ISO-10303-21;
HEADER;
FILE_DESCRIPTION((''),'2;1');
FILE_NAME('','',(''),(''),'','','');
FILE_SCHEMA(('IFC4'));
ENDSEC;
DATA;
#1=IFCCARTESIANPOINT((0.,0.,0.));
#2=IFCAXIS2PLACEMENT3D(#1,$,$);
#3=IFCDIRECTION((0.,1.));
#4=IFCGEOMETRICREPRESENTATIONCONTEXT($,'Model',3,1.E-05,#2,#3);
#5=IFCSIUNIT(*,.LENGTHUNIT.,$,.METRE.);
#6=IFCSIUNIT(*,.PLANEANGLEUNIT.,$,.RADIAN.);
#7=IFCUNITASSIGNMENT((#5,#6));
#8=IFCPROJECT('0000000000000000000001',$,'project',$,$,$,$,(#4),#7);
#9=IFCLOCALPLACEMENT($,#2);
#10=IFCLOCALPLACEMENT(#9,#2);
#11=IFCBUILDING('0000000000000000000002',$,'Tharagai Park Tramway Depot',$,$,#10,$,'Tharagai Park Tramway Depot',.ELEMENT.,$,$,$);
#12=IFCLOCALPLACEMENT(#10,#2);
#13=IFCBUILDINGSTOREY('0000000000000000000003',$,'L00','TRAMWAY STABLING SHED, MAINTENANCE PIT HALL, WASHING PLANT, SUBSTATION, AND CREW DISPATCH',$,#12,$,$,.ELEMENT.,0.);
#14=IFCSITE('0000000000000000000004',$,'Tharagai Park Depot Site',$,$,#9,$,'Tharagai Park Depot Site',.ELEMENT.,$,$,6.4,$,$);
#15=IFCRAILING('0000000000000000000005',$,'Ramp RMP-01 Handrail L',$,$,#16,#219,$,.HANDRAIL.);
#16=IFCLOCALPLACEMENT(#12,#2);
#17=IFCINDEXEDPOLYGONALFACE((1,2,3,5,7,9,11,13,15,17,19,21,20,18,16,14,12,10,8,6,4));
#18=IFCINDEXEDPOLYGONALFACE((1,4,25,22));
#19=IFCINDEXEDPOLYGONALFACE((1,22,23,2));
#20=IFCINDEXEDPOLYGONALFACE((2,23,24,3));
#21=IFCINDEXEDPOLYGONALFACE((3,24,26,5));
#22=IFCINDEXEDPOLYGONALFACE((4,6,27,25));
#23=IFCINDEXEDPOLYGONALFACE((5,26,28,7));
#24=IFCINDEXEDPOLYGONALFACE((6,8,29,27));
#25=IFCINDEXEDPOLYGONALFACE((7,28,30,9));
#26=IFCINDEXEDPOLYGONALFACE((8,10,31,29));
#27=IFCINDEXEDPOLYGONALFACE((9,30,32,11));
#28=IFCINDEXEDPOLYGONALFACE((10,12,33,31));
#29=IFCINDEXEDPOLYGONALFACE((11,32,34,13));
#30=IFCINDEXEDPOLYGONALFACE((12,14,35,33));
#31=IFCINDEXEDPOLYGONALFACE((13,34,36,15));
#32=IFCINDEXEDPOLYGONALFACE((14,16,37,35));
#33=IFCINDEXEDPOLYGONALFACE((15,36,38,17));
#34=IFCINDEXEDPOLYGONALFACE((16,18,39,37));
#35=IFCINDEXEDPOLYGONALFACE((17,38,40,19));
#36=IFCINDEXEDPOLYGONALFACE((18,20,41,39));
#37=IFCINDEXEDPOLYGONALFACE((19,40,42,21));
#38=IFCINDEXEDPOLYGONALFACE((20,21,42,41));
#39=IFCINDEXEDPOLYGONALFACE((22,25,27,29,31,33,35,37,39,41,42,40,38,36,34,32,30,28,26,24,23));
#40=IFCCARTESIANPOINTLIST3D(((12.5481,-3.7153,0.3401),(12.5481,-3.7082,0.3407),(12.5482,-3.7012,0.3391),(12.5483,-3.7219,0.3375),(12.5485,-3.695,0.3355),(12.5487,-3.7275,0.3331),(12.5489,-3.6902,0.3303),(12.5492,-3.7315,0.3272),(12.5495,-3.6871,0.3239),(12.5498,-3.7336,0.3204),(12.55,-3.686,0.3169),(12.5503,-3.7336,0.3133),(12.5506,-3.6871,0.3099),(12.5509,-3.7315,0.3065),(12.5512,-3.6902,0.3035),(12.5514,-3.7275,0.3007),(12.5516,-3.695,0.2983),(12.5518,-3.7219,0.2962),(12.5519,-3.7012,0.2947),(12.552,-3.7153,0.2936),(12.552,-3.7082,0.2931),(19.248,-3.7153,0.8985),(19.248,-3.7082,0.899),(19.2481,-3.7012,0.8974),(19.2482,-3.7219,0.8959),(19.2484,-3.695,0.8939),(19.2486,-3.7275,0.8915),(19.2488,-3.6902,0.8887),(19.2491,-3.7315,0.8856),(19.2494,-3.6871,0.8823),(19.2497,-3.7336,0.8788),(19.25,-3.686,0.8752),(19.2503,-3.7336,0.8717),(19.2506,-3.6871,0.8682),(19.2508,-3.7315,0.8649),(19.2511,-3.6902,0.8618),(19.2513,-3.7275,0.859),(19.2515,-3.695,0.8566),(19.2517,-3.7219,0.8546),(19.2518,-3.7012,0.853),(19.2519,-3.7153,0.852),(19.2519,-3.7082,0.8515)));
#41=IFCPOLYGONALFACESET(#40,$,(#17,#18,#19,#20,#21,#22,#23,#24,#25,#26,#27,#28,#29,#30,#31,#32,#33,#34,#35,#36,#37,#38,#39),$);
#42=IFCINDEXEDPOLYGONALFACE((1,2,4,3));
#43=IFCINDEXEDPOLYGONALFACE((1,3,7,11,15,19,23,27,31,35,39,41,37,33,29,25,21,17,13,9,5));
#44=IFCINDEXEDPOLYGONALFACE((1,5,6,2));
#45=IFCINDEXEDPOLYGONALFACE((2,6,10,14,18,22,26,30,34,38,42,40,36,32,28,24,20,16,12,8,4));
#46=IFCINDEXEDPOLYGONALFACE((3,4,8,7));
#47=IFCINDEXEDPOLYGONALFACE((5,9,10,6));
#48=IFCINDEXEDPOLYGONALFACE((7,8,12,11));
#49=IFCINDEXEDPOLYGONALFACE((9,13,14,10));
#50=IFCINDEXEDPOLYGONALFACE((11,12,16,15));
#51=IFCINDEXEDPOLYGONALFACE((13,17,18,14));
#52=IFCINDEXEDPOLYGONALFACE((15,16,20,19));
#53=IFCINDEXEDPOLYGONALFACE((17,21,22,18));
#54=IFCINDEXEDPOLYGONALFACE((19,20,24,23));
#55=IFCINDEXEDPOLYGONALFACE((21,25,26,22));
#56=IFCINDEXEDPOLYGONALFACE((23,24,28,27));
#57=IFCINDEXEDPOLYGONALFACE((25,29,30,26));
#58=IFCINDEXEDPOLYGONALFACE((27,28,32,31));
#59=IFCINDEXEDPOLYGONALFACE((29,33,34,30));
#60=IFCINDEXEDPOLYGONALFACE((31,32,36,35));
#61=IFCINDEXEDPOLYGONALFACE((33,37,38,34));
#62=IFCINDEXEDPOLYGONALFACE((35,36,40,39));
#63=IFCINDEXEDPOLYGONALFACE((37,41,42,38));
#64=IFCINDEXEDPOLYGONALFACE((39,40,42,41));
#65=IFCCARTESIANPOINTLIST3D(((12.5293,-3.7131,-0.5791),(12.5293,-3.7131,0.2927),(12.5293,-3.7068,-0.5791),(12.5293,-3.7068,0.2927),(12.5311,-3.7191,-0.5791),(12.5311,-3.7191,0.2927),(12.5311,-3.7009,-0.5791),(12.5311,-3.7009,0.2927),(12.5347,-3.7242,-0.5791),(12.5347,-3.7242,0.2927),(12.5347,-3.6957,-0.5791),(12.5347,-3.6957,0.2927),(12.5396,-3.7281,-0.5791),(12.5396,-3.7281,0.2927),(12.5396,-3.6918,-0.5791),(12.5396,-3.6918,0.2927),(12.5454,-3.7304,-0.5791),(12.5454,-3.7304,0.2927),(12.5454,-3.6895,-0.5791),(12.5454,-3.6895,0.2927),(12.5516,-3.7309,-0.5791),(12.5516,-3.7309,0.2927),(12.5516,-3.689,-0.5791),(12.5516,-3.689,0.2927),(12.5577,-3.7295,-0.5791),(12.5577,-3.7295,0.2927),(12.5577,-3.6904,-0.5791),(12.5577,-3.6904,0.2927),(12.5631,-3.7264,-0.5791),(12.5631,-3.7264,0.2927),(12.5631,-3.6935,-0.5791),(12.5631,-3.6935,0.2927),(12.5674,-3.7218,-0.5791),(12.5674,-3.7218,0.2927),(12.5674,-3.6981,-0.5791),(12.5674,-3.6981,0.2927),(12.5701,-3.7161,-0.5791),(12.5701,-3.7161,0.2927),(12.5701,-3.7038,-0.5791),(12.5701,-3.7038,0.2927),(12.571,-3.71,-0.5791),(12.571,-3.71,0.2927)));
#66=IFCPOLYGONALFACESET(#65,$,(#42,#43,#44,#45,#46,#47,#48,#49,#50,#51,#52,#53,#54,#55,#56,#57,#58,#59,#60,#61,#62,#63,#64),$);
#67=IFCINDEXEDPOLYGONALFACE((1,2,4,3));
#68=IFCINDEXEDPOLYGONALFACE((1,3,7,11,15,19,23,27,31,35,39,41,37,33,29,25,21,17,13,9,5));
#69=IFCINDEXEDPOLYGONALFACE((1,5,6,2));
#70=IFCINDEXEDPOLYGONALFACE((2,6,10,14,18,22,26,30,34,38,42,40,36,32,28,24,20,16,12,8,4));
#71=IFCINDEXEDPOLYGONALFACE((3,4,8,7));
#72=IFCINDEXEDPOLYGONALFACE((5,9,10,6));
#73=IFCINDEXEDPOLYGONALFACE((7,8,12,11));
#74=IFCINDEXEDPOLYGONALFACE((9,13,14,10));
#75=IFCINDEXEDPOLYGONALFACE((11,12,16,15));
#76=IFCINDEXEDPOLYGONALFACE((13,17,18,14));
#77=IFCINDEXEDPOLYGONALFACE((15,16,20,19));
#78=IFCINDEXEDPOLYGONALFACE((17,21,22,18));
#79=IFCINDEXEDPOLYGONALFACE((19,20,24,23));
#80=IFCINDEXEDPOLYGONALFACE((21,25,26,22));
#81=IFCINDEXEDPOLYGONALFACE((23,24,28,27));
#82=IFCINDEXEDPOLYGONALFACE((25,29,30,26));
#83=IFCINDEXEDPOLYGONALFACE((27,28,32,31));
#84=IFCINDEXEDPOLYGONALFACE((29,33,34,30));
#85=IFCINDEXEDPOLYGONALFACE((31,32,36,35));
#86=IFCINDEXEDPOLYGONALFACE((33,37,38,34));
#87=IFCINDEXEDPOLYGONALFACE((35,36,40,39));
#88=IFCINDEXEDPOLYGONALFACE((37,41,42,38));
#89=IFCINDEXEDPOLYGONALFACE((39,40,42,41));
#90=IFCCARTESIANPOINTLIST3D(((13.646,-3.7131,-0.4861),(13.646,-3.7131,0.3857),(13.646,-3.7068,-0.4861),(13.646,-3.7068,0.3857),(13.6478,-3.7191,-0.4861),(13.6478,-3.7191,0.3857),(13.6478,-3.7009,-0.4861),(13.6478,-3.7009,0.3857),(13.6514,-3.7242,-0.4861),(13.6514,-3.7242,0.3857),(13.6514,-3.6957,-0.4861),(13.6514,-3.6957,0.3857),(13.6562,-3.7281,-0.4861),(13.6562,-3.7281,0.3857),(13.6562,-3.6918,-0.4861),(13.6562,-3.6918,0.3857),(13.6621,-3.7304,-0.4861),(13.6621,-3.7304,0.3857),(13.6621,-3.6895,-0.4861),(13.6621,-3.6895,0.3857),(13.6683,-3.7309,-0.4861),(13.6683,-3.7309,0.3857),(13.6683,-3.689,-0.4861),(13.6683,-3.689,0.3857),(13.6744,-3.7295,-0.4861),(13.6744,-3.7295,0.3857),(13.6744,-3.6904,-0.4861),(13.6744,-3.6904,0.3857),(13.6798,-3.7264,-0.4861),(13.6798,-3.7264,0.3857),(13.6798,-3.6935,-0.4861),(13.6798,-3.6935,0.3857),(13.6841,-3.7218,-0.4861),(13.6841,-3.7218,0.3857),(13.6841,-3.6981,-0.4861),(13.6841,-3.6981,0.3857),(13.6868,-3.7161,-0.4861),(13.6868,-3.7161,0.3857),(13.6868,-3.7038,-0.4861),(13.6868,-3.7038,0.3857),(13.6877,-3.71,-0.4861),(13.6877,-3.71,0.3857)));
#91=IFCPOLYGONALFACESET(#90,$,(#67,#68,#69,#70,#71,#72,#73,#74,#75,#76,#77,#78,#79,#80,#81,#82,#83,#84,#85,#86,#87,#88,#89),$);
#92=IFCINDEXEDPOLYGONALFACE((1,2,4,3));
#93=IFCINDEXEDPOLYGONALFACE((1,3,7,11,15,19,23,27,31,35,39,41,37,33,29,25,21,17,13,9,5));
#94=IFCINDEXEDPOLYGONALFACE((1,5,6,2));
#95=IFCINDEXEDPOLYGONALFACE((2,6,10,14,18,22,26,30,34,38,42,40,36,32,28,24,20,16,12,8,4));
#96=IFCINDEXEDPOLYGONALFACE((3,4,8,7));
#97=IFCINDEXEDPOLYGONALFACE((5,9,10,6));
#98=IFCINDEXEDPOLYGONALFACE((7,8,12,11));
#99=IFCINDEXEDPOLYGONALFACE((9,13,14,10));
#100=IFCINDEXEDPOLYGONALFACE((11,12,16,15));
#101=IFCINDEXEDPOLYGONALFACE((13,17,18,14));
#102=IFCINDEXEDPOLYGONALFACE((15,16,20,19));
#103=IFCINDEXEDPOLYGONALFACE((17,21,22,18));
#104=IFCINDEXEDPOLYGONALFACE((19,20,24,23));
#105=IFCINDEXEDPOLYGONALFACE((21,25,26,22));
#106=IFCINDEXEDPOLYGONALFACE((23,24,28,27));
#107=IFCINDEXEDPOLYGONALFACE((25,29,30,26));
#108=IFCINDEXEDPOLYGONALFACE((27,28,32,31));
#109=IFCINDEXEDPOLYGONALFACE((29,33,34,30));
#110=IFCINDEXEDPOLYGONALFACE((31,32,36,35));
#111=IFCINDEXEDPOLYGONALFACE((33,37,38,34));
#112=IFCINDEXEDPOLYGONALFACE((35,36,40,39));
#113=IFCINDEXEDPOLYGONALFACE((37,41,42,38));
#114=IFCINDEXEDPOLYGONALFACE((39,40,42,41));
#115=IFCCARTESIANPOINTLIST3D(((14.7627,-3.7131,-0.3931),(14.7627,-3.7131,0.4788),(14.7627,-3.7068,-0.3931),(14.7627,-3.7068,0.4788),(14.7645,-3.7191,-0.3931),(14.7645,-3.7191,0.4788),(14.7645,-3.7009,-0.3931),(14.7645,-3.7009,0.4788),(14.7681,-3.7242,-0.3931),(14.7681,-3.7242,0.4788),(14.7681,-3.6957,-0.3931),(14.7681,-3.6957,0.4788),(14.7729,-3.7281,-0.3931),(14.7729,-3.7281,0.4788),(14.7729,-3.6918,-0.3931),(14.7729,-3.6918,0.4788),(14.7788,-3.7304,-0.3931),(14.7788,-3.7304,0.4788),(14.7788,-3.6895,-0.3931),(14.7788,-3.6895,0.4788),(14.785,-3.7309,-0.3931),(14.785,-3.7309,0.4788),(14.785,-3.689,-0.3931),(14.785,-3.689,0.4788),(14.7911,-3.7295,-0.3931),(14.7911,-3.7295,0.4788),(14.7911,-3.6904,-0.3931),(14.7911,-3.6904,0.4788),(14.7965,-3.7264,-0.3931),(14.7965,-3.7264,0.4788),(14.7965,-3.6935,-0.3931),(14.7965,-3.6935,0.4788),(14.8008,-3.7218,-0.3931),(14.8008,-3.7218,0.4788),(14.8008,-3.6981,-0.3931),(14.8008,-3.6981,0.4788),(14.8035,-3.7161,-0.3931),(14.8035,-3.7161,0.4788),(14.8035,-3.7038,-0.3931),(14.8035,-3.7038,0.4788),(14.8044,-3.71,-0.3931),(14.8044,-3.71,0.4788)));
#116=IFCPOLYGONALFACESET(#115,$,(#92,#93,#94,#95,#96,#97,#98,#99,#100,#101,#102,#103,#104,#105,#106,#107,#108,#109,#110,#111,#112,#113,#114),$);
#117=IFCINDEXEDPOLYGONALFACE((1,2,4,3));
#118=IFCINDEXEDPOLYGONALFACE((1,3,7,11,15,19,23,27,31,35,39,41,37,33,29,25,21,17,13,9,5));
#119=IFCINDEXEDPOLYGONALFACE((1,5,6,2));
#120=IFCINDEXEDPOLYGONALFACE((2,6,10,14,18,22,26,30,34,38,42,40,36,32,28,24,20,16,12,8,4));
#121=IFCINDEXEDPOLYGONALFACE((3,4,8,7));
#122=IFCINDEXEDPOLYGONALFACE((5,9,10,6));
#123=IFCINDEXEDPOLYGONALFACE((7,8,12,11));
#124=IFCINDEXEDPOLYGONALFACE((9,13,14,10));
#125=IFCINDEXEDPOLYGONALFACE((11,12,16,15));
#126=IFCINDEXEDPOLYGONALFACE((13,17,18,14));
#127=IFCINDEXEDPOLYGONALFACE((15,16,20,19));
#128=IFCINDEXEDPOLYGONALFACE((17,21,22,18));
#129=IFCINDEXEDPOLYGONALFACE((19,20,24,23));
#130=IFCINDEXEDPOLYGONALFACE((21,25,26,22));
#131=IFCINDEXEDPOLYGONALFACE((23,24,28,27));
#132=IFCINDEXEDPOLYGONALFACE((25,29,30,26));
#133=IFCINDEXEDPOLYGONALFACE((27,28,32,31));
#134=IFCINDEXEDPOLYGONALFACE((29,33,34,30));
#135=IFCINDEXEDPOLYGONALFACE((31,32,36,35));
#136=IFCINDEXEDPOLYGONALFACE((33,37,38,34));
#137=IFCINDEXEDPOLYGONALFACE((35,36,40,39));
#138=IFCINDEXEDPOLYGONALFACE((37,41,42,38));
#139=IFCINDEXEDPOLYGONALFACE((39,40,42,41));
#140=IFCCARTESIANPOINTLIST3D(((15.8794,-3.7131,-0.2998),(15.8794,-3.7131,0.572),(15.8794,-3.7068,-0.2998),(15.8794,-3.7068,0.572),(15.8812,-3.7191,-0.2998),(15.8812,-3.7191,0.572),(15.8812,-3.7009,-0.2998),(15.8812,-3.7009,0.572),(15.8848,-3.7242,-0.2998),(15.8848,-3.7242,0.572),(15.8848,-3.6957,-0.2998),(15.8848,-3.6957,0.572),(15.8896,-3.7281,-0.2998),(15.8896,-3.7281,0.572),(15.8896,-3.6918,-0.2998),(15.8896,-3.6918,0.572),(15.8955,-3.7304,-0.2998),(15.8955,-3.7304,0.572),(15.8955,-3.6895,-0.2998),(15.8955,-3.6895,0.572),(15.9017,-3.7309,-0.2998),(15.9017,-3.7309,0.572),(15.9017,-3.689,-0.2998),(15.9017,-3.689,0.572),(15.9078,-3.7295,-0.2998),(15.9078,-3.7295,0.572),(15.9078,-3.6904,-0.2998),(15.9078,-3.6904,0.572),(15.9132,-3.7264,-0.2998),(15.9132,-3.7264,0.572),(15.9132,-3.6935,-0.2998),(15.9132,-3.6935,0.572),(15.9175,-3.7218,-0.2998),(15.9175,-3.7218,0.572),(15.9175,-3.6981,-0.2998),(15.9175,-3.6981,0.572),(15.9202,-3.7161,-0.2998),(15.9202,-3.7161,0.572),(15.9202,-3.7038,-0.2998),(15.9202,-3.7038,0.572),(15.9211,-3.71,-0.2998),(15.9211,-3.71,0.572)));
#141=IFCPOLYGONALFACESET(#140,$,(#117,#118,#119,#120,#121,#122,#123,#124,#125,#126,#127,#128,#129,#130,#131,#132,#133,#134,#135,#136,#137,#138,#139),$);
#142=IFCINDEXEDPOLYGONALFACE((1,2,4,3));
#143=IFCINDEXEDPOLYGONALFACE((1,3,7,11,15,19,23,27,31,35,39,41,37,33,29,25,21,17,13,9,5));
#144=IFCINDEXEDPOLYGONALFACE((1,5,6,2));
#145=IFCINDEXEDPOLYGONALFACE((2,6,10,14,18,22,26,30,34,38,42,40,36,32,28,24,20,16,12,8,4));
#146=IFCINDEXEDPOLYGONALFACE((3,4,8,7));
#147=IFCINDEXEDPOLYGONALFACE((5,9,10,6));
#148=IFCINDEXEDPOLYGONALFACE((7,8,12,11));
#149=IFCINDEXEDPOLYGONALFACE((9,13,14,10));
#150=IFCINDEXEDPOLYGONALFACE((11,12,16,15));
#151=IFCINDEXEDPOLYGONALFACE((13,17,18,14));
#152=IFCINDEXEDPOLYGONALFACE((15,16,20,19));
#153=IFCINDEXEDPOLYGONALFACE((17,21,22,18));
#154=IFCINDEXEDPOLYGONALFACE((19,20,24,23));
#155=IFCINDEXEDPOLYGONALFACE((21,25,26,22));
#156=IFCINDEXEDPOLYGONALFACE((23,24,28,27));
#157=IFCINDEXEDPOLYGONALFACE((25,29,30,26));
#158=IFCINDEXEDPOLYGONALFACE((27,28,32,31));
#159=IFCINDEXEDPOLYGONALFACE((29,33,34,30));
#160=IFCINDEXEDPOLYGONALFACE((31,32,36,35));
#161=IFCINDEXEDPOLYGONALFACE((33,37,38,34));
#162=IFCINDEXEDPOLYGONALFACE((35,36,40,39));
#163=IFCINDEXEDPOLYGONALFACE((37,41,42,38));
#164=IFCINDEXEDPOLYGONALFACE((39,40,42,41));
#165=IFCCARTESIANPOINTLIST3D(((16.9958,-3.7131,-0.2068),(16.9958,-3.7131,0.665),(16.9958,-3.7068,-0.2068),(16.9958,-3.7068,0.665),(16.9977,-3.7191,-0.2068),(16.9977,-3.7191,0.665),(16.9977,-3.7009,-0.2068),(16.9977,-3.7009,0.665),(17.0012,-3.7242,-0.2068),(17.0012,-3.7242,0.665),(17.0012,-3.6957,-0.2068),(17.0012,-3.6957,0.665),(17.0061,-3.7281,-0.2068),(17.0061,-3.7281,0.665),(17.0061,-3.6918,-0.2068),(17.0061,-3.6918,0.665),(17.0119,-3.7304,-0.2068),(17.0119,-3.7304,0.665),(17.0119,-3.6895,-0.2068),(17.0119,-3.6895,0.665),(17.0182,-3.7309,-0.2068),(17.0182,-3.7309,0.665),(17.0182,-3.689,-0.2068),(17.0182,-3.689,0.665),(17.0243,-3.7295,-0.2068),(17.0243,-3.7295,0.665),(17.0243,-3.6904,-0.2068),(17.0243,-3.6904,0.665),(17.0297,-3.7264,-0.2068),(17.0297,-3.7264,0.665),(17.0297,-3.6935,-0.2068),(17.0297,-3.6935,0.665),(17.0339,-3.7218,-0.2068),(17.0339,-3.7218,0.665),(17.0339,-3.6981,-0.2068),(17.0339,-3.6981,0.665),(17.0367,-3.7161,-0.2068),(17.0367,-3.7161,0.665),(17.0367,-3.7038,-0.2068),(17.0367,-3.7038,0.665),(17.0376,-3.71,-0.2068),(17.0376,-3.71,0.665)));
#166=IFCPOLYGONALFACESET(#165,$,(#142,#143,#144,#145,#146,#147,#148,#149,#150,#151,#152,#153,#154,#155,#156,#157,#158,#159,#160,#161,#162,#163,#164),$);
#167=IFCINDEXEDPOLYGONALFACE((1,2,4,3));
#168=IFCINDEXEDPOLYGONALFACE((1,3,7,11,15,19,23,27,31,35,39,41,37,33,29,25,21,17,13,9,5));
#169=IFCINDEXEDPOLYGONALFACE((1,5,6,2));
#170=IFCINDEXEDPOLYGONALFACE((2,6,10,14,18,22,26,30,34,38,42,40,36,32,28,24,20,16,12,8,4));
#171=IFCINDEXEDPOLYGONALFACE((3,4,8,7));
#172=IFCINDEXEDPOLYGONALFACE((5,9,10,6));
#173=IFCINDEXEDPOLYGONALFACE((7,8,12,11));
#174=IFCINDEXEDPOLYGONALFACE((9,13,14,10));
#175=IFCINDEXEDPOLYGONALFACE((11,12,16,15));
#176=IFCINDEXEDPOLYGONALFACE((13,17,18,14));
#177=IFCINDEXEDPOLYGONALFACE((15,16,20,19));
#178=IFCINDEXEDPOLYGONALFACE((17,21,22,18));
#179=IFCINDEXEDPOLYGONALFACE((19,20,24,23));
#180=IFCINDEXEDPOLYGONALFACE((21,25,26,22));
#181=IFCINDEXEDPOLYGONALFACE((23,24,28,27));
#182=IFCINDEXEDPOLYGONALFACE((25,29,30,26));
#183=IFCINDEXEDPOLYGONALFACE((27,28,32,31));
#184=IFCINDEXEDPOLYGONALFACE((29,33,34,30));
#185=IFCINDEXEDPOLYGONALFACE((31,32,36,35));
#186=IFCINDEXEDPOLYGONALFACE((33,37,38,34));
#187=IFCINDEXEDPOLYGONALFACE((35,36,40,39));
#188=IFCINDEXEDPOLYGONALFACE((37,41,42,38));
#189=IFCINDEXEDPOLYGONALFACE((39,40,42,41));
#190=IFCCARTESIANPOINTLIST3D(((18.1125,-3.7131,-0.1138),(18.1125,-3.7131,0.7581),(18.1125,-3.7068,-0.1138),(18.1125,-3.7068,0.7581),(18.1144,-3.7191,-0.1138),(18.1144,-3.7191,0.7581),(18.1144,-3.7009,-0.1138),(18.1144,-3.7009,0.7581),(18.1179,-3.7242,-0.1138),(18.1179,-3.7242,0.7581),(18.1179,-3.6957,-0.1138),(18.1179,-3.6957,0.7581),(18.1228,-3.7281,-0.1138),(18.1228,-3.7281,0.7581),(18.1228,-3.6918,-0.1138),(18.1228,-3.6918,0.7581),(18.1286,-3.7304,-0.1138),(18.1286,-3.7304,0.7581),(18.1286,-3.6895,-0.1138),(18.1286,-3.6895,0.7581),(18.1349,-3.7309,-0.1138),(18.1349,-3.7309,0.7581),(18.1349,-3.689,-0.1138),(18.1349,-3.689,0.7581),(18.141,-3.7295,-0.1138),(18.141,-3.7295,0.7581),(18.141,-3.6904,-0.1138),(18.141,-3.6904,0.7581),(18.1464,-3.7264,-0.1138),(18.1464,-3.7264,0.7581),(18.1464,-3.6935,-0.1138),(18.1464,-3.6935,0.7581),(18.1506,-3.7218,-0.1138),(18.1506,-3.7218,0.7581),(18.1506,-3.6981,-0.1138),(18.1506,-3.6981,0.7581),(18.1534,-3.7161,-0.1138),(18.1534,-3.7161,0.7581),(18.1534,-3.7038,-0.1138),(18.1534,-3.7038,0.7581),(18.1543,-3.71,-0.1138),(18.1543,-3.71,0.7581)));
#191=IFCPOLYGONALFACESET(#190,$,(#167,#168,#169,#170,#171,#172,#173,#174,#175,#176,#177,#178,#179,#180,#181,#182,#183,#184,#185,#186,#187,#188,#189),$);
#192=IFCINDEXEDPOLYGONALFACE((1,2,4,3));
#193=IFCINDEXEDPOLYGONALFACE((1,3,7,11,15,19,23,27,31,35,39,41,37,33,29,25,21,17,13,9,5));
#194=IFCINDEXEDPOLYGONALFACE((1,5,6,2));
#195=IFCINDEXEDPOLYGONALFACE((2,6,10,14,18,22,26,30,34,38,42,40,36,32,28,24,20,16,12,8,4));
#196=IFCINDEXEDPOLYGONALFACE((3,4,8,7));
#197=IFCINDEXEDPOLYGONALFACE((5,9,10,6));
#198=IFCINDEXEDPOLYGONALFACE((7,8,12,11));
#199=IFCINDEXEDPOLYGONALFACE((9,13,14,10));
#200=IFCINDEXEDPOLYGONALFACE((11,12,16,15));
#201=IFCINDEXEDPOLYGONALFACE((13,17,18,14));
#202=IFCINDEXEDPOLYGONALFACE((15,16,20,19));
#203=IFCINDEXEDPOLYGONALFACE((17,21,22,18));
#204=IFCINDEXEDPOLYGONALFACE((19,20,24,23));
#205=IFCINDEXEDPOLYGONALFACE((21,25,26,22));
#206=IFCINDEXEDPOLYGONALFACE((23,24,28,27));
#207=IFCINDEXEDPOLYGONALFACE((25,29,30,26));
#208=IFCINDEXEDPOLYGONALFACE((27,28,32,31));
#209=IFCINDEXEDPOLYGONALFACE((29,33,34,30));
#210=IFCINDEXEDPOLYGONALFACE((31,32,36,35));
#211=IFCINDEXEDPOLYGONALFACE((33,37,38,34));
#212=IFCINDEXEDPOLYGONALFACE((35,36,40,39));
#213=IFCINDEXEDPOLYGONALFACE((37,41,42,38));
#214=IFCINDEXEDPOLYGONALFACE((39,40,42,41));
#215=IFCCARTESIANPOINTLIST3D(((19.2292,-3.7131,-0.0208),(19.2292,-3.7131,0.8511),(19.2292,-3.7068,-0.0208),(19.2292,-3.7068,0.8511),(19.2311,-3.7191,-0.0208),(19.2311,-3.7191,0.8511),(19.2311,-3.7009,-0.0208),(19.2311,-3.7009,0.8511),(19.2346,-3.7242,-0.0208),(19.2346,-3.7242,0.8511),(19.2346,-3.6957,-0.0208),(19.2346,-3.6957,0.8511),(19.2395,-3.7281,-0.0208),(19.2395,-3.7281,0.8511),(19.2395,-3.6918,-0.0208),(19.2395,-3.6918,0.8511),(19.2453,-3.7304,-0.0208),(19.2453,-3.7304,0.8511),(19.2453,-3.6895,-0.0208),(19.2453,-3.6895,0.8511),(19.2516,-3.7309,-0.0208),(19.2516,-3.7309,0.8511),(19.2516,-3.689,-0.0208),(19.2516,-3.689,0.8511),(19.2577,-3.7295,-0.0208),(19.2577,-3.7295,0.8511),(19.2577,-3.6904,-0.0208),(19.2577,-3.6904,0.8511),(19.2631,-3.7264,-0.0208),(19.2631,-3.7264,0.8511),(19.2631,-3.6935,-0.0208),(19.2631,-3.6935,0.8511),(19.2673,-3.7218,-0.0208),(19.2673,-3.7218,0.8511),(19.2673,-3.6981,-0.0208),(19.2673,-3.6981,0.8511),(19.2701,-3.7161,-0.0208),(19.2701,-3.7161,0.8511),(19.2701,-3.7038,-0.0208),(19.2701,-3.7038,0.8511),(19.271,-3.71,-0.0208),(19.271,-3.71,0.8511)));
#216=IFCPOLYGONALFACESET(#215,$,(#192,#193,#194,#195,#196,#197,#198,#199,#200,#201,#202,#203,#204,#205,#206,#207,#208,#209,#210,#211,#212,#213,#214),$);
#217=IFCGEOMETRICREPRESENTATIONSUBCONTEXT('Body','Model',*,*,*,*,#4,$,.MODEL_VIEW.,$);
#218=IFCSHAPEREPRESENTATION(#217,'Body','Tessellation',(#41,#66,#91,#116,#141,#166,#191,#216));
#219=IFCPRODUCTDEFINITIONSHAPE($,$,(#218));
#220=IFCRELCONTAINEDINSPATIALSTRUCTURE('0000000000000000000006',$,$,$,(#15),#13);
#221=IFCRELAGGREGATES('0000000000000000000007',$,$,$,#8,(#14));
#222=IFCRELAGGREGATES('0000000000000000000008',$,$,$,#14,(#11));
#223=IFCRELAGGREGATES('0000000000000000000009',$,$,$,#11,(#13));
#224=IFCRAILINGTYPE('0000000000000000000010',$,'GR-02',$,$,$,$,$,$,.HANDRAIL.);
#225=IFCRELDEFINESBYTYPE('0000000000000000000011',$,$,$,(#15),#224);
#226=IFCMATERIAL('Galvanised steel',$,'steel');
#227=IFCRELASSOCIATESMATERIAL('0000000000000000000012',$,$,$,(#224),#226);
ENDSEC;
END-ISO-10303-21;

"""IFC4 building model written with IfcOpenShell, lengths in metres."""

from ifc_helpers import new_model, si_unit, direction, frame, origin, origin_2d, place, context, subcontext, project, spatial, circle, extrude, material, type_object, element, save


model = new_model("IFC4")

# Units and contexts
model_context = context("Model", 3, precision=1e-05, world=origin(), true_north=direction((0.0, 1.0)))
body_context = subcontext(model_context, "Body", "Model", "MODEL_VIEW")
ifc_project = project(units=[si_unit("LENGTHUNIT", "METRE"), si_unit("PLANEANGLEUNIT", "RADIAN")], contexts=[model_context])

# Site, building, storey
site_placement = place(None, origin())
site = spatial("IfcSite", under=ifc_project, at=site_placement, Name="Tharagai Park Depot Site", LongName="Tharagai Park Depot Site", CompositionType="ELEMENT", RefElevation=6.4)
building_placement = place(site_placement, origin())
building = spatial("IfcBuilding", under=site, at=building_placement, Name="Tharagai Park Tramway Depot", LongName="Tharagai Park Tramway Depot", CompositionType="ELEMENT")
storey_placement = place(building_placement, origin())
storey = spatial("IfcBuildingStorey", under=building, at=storey_placement, Name="L00", Description="TRAMWAY STABLING SHED, MAINTENANCE PIT HALL, WASHING PLANT, SUBSTATION, AND CREW DISPATCH", CompositionType="ELEMENT", Elevation=0.0)

# Shared definitions
ifc_material_1 = material(Name="Galvanised steel", Category="steel")

# Railing
railing_type_1 = type_object("IfcRailingType", Name="GR-02", PredefinedType="HANDRAIL", material=ifc_material_1)
for number, where, name in (
    (1, (12.55, -3.71, -0.5791), "Ramp RMP-01 Handrail L"),
):
    element("IfcRailing", number, at=place(storey_placement, frame(where)), inside=storey, type_object=railing_type_1, Name=name, PredefinedType="HANDRAIL", context=body_context, shape_type="SweptSolid", body=[
        extrude(circle(Radius=0.0239, at=origin_2d()), frame((0.0, 0.0, 0.896), z_axis=(0.996546, 0.0, 0.083048), x_axis=(0.0, 1.0, 0.0)), (0.0, 0.0, 1.0), 6.7231),
        extrude(circle(Radius=0.021, at=origin_2d()), origin(), (0.0, 0.0, 1.0), 0.8718),
        extrude(circle(Radius=0.021, at=origin_2d()), frame((1.1167, 0.0, 0.093)), (0.0, 0.0, 1.0), 0.8718),
        extrude(circle(Radius=0.021, at=origin_2d()), frame((2.2334, 0.0, 0.186)), (0.0, 0.0, 1.0), 0.8718),
        extrude(circle(Radius=0.021, at=origin_2d()), frame((3.3501, 0.0, 0.2793)), (0.0, 0.0, 1.0), 0.8718),
        extrude(circle(Radius=0.021, at=origin_2d()), frame((4.4666, 0.0, 0.3723)), (0.0, 0.0, 1.0), 0.8718),
        extrude(circle(Radius=0.021, at=origin_2d()), frame((5.5833, 0.0, 0.4653)), (0.0, 0.0, 1.0), 0.8718),
        extrude(circle(Radius=0.021, at=origin_2d()), frame((6.7, 0.0, 0.5583)), (0.0, 0.0, 1.0), 0.8718),
    ])

save(model, "model.ifc")
